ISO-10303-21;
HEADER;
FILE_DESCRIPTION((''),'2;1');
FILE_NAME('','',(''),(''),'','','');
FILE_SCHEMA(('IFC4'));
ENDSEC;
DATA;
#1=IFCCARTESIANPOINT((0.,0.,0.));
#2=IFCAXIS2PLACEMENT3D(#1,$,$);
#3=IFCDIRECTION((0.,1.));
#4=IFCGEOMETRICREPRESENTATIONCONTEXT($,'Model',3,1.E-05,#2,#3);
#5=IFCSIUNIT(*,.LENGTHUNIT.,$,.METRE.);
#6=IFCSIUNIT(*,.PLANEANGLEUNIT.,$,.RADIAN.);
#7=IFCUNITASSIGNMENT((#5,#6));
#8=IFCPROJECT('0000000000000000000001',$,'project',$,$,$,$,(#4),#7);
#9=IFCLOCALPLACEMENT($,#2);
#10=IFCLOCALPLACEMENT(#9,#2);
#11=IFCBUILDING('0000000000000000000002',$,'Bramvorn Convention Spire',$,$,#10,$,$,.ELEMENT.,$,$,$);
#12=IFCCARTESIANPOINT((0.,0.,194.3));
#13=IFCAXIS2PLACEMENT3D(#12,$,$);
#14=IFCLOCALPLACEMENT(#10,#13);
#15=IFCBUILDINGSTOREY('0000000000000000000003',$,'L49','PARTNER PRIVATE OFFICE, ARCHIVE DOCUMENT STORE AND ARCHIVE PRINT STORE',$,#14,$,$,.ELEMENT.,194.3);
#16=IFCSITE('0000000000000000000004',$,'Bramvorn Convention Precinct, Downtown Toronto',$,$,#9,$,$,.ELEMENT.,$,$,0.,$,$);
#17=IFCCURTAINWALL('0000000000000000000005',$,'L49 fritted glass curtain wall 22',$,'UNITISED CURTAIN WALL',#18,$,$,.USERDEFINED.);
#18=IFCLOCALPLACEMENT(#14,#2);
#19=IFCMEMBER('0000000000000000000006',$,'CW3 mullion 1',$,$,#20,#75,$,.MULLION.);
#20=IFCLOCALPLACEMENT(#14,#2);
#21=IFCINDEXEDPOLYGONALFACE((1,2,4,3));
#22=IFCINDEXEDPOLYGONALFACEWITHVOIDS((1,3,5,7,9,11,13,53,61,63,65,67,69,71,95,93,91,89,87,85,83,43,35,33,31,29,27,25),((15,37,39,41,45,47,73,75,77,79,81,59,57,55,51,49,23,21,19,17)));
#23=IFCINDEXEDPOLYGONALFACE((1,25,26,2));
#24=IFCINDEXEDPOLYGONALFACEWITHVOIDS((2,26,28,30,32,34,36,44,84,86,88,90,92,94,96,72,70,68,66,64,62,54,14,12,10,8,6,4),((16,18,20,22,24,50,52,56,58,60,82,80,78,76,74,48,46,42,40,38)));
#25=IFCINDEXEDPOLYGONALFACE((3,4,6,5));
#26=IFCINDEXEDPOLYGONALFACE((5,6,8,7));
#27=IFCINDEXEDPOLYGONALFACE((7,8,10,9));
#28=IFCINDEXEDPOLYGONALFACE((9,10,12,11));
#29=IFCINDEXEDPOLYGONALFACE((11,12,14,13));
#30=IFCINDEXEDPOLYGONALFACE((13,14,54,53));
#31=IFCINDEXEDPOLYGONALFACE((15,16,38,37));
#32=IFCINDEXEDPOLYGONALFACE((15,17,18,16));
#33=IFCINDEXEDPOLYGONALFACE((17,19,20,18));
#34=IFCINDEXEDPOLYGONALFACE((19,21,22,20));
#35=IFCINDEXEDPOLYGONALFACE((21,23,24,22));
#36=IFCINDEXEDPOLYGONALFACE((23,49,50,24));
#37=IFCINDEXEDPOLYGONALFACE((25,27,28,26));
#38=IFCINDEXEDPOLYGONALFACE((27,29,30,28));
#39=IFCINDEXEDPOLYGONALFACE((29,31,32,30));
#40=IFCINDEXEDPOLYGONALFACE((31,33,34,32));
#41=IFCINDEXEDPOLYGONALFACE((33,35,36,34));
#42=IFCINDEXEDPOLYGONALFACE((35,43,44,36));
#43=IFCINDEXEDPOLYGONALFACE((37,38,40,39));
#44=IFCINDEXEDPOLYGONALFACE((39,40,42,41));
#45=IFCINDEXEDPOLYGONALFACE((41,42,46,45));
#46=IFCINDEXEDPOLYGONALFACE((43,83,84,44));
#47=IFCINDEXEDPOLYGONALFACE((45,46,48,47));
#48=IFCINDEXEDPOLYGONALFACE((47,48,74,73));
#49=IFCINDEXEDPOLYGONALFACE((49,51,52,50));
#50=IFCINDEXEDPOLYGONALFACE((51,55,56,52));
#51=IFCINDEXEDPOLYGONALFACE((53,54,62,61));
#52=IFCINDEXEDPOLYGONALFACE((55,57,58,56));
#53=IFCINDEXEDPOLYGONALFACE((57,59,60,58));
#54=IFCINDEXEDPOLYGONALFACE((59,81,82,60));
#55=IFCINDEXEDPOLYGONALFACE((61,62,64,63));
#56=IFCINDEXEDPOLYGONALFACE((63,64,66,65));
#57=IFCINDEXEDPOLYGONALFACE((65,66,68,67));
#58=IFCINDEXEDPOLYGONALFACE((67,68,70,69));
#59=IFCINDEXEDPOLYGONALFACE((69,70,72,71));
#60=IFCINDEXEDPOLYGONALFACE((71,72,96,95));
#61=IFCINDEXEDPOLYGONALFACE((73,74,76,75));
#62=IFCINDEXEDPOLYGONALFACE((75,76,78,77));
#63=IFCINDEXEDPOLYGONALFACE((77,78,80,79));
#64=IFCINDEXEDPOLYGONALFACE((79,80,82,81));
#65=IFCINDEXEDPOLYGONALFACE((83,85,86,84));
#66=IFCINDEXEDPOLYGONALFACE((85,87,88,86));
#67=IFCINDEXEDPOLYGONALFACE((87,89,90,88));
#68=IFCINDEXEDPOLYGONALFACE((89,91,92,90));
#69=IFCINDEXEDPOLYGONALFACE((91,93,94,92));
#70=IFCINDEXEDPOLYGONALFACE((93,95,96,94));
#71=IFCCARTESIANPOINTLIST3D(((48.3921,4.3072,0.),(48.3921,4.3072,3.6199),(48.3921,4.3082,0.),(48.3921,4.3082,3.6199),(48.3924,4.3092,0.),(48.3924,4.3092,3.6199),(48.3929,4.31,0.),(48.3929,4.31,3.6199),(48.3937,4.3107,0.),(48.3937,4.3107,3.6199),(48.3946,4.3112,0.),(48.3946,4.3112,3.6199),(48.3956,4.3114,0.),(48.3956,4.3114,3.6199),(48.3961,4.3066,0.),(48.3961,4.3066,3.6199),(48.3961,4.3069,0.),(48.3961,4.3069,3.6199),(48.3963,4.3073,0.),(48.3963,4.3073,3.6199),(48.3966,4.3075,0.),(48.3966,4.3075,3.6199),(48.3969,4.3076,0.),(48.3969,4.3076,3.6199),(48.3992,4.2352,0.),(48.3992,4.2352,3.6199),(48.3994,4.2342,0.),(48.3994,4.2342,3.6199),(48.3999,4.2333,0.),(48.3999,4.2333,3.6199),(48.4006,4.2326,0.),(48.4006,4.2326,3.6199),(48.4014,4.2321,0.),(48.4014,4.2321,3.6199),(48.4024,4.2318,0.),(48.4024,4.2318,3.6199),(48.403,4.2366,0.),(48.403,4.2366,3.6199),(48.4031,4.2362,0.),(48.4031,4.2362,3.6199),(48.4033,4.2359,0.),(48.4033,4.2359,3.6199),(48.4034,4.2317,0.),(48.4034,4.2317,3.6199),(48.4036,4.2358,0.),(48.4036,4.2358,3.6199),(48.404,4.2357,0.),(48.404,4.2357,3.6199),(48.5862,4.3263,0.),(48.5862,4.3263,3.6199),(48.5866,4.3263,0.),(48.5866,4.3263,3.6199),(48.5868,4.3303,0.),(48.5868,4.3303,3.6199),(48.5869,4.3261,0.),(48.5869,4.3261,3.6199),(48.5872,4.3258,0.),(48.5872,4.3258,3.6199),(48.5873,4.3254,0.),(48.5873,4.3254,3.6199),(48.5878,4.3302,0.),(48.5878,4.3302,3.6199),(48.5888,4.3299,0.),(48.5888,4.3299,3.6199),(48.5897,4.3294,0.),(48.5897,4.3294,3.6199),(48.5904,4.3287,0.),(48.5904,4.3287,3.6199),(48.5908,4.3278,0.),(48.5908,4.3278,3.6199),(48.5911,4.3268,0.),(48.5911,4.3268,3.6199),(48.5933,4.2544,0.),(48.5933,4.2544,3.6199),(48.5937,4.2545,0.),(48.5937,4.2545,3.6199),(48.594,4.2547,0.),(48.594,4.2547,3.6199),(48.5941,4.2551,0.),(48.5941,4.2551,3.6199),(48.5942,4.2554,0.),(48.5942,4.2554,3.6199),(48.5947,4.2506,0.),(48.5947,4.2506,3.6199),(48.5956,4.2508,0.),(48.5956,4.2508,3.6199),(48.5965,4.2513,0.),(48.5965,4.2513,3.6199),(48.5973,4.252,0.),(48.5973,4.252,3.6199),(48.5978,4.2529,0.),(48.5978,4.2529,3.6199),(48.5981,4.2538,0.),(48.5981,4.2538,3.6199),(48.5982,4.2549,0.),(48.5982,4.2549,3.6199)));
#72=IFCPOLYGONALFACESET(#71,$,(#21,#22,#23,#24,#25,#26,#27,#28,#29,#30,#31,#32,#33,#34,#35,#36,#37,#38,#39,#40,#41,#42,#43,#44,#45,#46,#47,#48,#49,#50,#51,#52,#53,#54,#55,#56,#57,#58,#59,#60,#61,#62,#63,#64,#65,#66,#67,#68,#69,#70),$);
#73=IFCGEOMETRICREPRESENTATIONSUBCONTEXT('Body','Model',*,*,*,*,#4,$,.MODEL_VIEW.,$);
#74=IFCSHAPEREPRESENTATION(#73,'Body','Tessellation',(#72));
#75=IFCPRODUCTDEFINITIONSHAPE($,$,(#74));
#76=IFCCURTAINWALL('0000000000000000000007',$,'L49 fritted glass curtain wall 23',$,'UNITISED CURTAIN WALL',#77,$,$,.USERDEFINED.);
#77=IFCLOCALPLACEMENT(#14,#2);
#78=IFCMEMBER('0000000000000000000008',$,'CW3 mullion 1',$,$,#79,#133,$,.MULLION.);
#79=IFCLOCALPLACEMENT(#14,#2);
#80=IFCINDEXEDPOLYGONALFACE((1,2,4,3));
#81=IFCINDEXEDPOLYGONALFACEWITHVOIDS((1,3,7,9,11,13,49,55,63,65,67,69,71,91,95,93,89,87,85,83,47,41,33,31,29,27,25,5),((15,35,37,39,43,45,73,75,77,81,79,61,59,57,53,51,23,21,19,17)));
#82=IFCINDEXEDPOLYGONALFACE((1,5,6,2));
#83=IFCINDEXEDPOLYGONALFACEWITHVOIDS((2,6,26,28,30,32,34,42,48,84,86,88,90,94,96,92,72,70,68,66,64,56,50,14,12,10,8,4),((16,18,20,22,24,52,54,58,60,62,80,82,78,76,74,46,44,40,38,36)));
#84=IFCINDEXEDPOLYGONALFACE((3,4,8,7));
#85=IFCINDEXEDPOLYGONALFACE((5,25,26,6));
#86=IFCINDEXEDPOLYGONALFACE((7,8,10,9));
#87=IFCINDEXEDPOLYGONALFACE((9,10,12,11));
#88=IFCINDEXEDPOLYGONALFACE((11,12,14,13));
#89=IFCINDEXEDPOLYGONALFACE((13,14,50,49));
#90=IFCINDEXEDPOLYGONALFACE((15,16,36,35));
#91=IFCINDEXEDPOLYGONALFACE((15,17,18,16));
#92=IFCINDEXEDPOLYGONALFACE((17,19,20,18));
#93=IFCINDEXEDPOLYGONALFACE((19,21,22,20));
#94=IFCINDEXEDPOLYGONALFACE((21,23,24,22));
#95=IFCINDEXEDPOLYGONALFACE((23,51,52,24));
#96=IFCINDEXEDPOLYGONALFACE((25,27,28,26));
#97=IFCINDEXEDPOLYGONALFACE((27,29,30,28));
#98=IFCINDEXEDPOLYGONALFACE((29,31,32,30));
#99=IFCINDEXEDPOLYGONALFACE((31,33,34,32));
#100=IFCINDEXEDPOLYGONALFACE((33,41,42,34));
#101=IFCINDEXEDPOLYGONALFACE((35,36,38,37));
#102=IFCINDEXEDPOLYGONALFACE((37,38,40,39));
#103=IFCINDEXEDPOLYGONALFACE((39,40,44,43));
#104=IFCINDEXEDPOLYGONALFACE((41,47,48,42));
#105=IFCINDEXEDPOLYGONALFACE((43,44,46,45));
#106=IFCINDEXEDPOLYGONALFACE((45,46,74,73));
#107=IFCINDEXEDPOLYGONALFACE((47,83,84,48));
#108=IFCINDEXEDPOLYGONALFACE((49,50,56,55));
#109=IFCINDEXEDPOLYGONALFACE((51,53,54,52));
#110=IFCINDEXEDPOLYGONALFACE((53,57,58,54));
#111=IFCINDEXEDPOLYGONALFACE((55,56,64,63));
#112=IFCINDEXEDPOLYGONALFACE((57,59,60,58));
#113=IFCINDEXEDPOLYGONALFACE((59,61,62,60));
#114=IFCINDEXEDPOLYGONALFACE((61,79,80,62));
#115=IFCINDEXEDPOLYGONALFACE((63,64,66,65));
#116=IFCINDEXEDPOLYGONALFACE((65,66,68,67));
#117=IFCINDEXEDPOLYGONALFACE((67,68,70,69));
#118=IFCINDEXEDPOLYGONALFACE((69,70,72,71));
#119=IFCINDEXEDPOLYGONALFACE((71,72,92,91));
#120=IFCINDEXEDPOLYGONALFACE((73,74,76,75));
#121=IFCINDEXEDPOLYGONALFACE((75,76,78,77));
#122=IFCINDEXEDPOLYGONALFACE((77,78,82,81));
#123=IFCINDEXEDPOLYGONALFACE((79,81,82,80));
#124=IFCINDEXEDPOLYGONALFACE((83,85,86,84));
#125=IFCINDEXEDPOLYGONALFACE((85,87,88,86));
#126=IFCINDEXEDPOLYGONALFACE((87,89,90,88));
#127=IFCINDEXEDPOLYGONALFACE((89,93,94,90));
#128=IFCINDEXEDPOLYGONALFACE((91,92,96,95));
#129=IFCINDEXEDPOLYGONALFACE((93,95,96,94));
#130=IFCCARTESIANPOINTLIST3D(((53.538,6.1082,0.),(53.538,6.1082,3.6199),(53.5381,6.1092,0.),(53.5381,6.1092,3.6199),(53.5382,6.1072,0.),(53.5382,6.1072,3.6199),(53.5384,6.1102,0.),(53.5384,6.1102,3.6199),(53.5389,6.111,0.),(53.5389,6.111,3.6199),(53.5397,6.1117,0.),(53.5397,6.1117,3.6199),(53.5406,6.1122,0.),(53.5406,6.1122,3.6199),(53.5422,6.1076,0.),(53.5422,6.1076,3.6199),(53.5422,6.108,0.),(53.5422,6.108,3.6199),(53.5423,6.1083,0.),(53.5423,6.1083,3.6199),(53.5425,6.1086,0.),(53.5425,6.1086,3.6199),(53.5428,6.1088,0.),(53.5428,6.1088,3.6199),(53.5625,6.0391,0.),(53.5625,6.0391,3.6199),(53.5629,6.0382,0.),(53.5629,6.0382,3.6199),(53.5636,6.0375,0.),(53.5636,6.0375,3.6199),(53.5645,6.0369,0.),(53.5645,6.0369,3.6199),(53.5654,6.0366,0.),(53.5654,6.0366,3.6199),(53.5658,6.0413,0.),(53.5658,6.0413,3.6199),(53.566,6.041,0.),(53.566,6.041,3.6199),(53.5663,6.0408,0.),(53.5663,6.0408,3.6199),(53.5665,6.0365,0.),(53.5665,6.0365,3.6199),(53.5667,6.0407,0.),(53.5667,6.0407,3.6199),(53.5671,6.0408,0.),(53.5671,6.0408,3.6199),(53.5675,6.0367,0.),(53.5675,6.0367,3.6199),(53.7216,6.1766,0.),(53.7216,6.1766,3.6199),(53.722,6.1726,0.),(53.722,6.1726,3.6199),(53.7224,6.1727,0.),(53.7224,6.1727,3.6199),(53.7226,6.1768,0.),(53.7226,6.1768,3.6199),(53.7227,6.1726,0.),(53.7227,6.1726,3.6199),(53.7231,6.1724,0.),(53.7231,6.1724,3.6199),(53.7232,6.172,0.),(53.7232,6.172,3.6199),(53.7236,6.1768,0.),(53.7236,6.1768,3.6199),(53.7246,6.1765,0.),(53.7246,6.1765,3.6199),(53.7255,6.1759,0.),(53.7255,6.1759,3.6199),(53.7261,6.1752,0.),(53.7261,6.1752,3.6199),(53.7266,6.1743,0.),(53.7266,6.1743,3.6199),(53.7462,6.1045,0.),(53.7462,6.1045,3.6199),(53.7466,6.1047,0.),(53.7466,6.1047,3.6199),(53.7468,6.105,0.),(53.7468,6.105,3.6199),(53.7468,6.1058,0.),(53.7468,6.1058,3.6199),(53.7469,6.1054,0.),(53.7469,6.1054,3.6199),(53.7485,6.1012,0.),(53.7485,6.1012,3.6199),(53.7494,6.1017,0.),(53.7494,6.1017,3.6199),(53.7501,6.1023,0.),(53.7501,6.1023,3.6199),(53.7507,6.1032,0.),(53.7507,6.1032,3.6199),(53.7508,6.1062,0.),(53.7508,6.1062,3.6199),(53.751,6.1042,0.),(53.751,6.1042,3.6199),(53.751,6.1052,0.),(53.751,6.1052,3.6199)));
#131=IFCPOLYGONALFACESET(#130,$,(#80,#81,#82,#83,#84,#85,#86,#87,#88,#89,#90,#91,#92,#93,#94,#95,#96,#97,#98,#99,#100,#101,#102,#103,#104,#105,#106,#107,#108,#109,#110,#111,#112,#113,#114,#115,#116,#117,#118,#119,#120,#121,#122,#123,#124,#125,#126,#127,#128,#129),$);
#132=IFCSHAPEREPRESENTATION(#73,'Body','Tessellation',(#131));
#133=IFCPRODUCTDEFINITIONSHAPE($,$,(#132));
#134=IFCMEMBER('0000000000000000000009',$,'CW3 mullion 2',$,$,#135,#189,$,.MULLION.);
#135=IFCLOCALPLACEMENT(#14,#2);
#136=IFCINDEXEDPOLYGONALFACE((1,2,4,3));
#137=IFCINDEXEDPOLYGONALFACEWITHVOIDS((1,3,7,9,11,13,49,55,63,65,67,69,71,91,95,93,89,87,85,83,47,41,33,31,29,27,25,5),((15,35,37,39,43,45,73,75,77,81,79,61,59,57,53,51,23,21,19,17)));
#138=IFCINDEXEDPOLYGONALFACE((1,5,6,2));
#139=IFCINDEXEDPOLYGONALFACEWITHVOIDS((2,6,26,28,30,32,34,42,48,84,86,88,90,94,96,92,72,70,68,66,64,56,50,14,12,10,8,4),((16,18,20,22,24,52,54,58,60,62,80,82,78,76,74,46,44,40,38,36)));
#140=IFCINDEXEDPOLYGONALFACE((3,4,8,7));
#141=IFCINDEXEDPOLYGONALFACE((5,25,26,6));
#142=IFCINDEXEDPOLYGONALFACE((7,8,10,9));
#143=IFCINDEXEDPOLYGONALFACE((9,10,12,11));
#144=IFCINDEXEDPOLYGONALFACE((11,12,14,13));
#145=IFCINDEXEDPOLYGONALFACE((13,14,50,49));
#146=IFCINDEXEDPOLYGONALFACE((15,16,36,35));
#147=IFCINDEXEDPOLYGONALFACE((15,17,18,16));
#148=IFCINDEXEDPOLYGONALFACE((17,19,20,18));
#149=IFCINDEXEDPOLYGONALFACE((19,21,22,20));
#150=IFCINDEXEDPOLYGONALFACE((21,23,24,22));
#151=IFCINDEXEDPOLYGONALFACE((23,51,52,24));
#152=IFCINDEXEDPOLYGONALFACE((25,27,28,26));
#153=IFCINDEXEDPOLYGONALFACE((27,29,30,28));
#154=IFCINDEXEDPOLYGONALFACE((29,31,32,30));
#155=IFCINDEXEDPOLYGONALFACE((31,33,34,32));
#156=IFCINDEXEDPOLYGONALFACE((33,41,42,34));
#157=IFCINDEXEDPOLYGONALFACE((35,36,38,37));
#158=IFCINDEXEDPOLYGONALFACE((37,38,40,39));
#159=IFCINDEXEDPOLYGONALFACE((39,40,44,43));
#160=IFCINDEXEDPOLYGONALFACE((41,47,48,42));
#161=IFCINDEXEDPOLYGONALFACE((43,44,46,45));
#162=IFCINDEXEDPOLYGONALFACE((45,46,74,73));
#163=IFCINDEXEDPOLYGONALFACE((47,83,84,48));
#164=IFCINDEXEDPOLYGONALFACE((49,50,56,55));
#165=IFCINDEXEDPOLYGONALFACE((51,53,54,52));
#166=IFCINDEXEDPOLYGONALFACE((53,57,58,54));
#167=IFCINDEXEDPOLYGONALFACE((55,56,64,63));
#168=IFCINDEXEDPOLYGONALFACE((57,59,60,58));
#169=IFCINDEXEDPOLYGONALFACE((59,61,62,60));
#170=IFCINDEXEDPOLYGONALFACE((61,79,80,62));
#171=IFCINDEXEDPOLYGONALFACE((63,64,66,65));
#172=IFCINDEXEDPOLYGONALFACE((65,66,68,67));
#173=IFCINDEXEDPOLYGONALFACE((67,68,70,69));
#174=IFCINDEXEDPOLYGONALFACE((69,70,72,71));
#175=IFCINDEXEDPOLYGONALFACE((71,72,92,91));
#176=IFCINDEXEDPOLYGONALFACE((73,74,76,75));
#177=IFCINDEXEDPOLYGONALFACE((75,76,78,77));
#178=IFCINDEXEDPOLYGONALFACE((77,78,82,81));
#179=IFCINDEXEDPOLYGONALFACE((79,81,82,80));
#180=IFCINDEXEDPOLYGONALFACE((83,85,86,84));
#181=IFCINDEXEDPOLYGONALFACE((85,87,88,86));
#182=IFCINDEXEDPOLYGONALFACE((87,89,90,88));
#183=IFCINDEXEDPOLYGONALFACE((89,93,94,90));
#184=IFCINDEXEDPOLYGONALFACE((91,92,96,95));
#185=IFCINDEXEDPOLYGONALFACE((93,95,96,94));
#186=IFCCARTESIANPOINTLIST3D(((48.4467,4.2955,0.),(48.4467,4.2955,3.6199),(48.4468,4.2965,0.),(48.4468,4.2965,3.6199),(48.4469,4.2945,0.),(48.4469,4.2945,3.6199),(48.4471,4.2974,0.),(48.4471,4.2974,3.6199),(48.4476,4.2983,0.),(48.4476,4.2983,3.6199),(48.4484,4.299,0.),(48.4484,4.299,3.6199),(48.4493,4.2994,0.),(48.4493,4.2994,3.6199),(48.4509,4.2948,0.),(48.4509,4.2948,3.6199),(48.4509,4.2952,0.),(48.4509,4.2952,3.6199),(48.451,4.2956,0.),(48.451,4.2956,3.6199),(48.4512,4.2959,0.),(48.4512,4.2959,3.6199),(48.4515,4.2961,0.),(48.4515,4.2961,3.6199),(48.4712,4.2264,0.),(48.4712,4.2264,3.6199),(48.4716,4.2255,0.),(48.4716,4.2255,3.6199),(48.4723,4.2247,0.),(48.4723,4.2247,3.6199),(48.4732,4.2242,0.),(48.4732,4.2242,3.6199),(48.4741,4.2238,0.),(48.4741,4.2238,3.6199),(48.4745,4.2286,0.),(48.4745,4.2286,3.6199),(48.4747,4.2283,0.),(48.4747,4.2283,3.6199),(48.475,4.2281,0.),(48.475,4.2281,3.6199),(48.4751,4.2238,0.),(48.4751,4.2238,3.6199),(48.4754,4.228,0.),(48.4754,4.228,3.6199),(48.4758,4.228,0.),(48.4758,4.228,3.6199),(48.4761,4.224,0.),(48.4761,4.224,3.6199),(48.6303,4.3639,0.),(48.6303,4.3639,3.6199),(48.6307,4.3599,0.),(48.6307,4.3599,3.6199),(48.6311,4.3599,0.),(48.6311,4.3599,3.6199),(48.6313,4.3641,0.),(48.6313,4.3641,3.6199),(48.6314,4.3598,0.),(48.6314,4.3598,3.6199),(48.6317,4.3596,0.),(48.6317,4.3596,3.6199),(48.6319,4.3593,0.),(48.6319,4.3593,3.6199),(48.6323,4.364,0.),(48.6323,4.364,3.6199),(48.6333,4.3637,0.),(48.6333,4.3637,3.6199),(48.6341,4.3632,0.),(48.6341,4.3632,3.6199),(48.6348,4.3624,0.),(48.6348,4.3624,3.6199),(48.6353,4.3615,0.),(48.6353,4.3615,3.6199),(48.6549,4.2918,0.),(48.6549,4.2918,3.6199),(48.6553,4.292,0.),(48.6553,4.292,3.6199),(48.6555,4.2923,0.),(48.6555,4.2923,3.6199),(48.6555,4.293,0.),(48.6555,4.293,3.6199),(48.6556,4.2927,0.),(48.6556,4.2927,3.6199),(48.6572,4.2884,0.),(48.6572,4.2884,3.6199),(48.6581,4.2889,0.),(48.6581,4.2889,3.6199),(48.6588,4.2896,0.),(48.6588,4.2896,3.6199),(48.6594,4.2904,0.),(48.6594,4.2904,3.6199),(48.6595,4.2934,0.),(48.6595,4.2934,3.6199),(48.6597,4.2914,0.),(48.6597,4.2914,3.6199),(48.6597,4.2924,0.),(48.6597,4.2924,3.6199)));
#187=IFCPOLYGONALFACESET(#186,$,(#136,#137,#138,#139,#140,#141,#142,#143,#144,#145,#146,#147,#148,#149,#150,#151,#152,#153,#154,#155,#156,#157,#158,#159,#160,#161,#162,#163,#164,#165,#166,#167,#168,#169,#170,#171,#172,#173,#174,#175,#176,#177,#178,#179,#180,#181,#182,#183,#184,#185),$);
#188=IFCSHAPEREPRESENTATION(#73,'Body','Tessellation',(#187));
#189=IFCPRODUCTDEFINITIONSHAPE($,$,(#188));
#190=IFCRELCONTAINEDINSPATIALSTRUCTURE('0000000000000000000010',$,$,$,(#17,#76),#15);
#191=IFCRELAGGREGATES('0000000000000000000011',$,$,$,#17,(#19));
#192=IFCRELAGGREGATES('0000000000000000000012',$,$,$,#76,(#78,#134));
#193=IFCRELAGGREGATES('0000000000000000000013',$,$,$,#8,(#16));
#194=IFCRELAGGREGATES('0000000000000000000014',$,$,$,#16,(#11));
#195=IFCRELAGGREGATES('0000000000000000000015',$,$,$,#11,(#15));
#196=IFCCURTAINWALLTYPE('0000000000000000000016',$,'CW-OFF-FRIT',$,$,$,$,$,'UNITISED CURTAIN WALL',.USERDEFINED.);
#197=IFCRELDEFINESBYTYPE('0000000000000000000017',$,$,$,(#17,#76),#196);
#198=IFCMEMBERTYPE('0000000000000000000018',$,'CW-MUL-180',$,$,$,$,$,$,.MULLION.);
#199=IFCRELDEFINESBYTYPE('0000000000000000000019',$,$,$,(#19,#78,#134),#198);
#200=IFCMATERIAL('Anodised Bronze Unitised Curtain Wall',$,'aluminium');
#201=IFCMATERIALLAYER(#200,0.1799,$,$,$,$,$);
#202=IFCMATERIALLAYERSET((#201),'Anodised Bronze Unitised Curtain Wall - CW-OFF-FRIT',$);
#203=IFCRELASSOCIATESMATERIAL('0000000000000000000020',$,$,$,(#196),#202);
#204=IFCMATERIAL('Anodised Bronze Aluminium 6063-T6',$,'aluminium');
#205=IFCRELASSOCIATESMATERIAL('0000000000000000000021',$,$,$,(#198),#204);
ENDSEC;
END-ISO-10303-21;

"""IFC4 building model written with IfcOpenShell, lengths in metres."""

from ifc_helpers import new_model, si_unit, direction, frame, origin, origin_2d, place, context, subcontext, project, spatial, hollow_rectangle, extrude, material, layer, layer_set, material_profile, profile_set, type_object, element, aggregate, save


model = new_model("IFC4")

# Units and contexts
model_context = context("Model", 3, precision=1e-05, world=origin(), true_north=direction((0.0, 1.0)))
body_context = subcontext(model_context, "Body", "Model", "MODEL_VIEW")
ifc_project = project(units=[si_unit("LENGTHUNIT", "METRE"), si_unit("PLANEANGLEUNIT", "RADIAN")], contexts=[model_context])

# Site, building, storey
site_placement = place(None, origin())
site = spatial("IfcSite", under=ifc_project, at=site_placement, Name="Bramvorn Convention Precinct, Downtown Toronto", CompositionType="ELEMENT", RefElevation=0.0)
building_placement = place(site_placement, origin())
building = spatial("IfcBuilding", under=site, at=building_placement, Name="Bramvorn Convention Spire", CompositionType="ELEMENT")
storey_placement = place(building_placement, frame((0.0, 0.0, 194.3)))
storey = spatial("IfcBuildingStorey", under=building, at=storey_placement, Name="L49", Description="PARTNER PRIVATE OFFICE, ARCHIVE DOCUMENT STORE AND ARCHIVE PRINT STORE", CompositionType="ELEMENT", Elevation=194.3)

# Curtain wall, member
ifc_material_1 = material(Name="Anodised Bronze Unitised Curtain Wall", Category="aluminium")
ifc_layer_1 = layer(ifc_material_1, 0.1799)
ifc_layer_set_1 = layer_set([ifc_layer_1], Name="Anodised Bronze Unitised Curtain Wall - CW-OFF-FRIT")
curtain_wall_type = type_object("IfcCurtainWallType", Name="CW-OFF-FRIT", ElementType="UNITISED CURTAIN WALL", PredefinedType="USERDEFINED", material=ifc_layer_set_1)
curtain_wall_1_placement = place(storey_placement, origin())
curtain_wall_1 = element("IfcCurtainWall", 1, at=curtain_wall_1_placement, inside=storey, type_object=curtain_wall_type, Name="L49 fritted glass curtain wall 22", ObjectType="UNITISED CURTAIN WALL", PredefinedType="USERDEFINED")
ifc_material_2 = material(Name="Anodised Bronze Aluminium 6063-T6", Category="aluminium")
ifc_material_profile_1 = material_profile(ifc_material_2, hollow_rectangle(XDim=0.0801, YDim=0.2, WallThickness=0.0039, InnerFilletRadius=0.001, OuterFilletRadius=0.0039, at=origin_2d()))
ifc_profile_set_1 = profile_set([ifc_material_profile_1], Name="Anodised Bronze Aluminium 6063-T6 - CWM80X200")
member_type_1 = type_object("IfcMemberType", Name="CW-MUL-180", PredefinedType="MULLION", material=ifc_profile_set_1)
member_1_placement = place(storey_placement, frame((48.4951, 4.281, 0.0), z_axis=(0.0, 0.0, 1.0), x_axis=(0.098099, -0.995177, 0.0)))
member_1 = element("IfcMember", 2, at=member_1_placement, type_object=member_type_1, Name="CW3 mullion 1", PredefinedType="MULLION", context=body_context, shape_type="SweptSolid", body=[
    extrude(hollow_rectangle(XDim=0.0801, YDim=0.2, WallThickness=0.0039, InnerFilletRadius=0.001, OuterFilletRadius=0.0039, at=origin_2d()), origin(), (0.0, 0.0, 1.0), 3.6199),
])

# Curtain wall, members
curtain_wall_2_placement = place(storey_placement, origin())
curtain_wall_2 = element("IfcCurtainWall", 3, at=curtain_wall_2_placement, inside=storey, type_object=curtain_wall_type, Name="L49 fritted glass curtain wall 23", ObjectType="UNITISED CURTAIN WALL", PredefinedType="USERDEFINED")
member_2_placement = place(storey_placement, frame((53.6445, 6.1067, 0.0), z_axis=(0.0, 0.0, 1.0), x_axis=(0.335383, -0.942082, 0.0)))
member_2 = element("IfcMember", 4, at=member_2_placement, type_object=member_type_1, Name="CW3 mullion 1", PredefinedType="MULLION", context=body_context, shape_type="SweptSolid", body=[
    extrude(hollow_rectangle(XDim=0.0801, YDim=0.2, WallThickness=0.0039, InnerFilletRadius=0.001, OuterFilletRadius=0.0039, at=origin_2d()), origin(), (0.0, 0.0, 1.0), 3.6199),
])
member_3_placement = place(storey_placement, frame((48.5532, 4.2939, 0.0), z_axis=(0.0, 0.0, 1.0), x_axis=(0.335383, -0.942082, 0.0)))
member_3 = element("IfcMember", 5, at=member_3_placement, type_object=member_type_1, Name="CW3 mullion 2", PredefinedType="MULLION", context=body_context, shape_type="SweptSolid", body=[
    extrude(hollow_rectangle(XDim=0.0801, YDim=0.2, WallThickness=0.0039, InnerFilletRadius=0.001, OuterFilletRadius=0.0039, at=origin_2d()), origin(), (0.0, 0.0, 1.0), 3.6199),
])

aggregate(curtain_wall_1, [member_1])

aggregate(curtain_wall_2, [member_2, member_3])

save(model, "model.ifc")
